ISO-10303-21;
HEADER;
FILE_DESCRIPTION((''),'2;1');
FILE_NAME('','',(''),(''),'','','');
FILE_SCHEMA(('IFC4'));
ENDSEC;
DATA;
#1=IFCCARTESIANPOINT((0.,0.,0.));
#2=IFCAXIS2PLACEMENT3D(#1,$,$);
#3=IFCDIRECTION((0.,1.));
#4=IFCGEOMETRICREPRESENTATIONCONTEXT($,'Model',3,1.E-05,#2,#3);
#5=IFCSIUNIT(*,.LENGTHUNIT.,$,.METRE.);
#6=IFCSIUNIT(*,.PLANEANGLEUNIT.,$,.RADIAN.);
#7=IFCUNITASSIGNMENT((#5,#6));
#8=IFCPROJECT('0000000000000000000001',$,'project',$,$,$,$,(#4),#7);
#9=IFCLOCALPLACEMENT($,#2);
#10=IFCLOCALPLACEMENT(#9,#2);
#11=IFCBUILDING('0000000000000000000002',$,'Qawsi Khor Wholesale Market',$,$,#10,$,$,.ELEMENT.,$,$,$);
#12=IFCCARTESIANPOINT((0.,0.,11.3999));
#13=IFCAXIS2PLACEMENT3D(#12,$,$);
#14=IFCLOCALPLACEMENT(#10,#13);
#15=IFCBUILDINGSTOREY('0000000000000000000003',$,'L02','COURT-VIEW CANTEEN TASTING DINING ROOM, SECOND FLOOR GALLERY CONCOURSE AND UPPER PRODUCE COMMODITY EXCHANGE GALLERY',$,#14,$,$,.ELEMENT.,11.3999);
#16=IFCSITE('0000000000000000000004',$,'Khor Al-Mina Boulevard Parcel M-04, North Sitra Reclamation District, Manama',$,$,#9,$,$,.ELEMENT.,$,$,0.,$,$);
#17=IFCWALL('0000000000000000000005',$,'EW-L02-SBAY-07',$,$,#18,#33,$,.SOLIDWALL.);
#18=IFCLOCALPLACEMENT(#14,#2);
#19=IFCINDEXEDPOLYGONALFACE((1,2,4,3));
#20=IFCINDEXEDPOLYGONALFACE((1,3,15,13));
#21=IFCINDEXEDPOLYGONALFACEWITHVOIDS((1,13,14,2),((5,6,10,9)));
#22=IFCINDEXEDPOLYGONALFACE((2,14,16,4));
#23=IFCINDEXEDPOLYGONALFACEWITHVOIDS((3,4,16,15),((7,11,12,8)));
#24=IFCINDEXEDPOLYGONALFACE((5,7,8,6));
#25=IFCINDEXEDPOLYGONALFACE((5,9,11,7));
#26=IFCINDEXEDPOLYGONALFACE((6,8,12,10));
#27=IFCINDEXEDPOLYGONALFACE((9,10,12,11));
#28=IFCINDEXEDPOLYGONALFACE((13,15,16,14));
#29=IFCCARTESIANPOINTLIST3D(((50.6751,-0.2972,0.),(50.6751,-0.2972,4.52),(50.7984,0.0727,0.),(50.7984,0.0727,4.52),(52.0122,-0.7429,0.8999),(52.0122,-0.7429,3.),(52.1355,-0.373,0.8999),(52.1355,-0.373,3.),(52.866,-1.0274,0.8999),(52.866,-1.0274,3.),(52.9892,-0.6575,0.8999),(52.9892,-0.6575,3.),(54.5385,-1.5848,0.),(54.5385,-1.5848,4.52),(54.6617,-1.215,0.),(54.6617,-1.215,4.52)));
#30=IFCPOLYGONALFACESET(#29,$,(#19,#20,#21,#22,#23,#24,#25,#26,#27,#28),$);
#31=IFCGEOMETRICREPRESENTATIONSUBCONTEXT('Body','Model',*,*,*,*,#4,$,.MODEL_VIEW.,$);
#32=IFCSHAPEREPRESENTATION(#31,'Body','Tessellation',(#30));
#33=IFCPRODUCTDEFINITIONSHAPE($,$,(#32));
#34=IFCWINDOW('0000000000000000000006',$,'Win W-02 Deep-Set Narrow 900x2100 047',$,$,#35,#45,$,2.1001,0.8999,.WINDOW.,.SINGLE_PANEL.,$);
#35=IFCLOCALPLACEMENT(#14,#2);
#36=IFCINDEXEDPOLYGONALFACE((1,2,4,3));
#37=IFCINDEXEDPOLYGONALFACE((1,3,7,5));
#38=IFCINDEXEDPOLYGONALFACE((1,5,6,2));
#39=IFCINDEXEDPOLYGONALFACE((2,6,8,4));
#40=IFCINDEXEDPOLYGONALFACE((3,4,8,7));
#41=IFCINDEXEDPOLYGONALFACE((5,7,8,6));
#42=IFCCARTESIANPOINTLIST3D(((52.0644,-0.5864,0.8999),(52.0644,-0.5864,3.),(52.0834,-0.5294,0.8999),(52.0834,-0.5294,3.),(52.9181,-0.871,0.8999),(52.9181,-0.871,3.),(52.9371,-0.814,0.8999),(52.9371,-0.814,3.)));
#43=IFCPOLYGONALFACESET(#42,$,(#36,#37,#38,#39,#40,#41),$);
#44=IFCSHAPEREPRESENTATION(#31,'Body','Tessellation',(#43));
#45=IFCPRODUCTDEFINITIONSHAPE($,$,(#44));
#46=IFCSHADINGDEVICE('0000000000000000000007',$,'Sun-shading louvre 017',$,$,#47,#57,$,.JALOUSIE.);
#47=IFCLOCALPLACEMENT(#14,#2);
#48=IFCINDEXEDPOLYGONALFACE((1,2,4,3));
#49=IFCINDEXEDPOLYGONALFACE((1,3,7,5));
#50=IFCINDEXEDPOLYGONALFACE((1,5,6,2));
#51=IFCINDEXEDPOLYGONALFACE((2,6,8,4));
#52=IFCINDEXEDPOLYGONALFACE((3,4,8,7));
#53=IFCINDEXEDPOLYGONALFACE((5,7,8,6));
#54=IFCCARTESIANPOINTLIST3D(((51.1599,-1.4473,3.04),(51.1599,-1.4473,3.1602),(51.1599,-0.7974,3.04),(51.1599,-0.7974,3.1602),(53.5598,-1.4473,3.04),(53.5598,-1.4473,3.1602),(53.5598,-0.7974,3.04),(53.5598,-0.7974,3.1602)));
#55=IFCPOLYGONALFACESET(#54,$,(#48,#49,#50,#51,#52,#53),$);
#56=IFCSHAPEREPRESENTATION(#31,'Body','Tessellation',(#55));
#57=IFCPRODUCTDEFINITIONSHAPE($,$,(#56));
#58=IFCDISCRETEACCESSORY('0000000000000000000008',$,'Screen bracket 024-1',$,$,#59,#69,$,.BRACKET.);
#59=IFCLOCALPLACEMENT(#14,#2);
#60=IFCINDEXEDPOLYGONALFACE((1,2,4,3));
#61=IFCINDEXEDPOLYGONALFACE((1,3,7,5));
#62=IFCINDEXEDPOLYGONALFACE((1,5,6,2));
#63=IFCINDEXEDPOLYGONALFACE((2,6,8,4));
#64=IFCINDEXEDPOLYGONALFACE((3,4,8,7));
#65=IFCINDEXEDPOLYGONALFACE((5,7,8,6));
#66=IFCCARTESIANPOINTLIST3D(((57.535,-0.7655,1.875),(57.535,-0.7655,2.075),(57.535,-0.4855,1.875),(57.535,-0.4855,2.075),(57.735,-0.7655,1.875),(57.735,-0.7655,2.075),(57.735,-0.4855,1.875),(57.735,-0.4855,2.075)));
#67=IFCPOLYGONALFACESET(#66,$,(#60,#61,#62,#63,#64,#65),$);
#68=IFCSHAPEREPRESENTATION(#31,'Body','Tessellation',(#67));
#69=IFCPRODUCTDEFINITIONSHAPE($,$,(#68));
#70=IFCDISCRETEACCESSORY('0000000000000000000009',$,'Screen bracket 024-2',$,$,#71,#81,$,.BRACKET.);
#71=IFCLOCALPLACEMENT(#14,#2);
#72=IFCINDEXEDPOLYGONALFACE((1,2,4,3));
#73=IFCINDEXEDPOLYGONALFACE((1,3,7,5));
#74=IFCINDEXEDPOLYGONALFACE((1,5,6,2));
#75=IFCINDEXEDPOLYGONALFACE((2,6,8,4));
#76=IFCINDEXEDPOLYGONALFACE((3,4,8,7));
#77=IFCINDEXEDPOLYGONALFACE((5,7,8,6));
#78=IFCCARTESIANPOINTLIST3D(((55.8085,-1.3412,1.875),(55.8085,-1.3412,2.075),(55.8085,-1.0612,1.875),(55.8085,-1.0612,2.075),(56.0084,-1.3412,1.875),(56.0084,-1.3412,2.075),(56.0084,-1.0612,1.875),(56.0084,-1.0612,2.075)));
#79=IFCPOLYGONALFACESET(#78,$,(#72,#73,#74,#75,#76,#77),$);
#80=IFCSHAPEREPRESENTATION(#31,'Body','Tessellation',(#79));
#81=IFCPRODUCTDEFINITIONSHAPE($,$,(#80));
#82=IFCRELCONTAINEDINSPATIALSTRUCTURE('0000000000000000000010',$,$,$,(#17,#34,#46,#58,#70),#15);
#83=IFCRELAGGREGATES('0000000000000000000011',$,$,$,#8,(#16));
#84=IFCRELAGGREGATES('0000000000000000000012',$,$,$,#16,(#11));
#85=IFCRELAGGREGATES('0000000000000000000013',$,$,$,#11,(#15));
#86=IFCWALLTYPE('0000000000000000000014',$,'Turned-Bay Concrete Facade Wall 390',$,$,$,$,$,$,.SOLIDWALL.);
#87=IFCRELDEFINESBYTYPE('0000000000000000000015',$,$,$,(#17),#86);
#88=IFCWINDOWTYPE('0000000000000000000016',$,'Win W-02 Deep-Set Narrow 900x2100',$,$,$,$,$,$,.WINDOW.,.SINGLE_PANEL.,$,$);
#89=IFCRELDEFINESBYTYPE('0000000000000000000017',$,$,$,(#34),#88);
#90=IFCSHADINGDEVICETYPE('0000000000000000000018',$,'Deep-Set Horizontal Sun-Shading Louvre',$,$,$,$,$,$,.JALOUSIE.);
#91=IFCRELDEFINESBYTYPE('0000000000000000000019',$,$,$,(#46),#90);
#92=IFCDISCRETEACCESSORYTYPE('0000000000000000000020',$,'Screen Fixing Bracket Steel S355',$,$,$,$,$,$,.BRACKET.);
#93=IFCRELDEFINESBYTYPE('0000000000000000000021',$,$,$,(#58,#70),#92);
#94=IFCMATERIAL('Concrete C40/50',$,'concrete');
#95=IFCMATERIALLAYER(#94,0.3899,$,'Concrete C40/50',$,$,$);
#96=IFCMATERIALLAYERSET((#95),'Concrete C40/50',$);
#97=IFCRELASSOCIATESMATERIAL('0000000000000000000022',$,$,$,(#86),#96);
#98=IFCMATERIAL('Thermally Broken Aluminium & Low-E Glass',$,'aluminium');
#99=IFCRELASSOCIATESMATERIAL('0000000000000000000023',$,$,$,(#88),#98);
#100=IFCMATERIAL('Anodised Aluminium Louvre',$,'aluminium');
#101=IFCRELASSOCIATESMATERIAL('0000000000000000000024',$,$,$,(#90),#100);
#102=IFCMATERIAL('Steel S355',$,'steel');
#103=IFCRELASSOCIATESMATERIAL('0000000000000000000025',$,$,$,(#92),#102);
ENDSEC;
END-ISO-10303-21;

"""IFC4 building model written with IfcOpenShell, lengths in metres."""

from ifc_helpers import new_model, si_unit, direction, frame, frame_2d, origin, origin_2d, place, context, subcontext, project, spatial, rectangle, extrude, material, layer, layer_set, type_object, element, fill, save


model = new_model("IFC4")

# Units and contexts
model_context = context("Model", 3, precision=1e-05, world=origin(), true_north=direction((0.0, 1.0)))
body_context = subcontext(model_context, "Body", "Model", "MODEL_VIEW")
ifc_project = project(units=[si_unit("LENGTHUNIT", "METRE"), si_unit("PLANEANGLEUNIT", "RADIAN")], contexts=[model_context])

# Site, building, storey
site_placement = place(None, origin())
site = spatial("IfcSite", under=ifc_project, at=site_placement, Name="Khor Al-Mina Boulevard Parcel M-04, North Sitra Reclamation District, Manama", CompositionType="ELEMENT", RefElevation=0.0)
building_placement = place(site_placement, origin())
building = spatial("IfcBuilding", under=site, at=building_placement, Name="Qawsi Khor Wholesale Market", CompositionType="ELEMENT")
storey_placement = place(building_placement, frame((0.0, 0.0, 11.3999)))
storey = spatial("IfcBuildingStorey", under=building, at=storey_placement, Name="L02", Description="COURT-VIEW CANTEEN TASTING DINING ROOM, SECOND FLOOR GALLERY CONCOURSE AND UPPER PRODUCE COMMODITY EXCHANGE GALLERY", CompositionType="ELEMENT", Elevation=11.3999)

# Shared definitions
ifc_material_1 = material(Name="Concrete C40/50", Category="concrete")

# Shared definitions
ifc_material_2 = material(Name="Steel S355", Category="steel")

# Wall, opening, window
ifc_material_3 = material(Name="Thermally Broken Aluminium & Low-E Glass", Category="aluminium")
ifc_layer_1 = layer(ifc_material_1, 0.3899, Name="Concrete C40/50")
ifc_layer_set_1 = layer_set([ifc_layer_1], Name="Concrete C40/50")
wall_type_1 = type_object("IfcWallType", Name="Turned-Bay Concrete Facade Wall 390", PredefinedType="SOLIDWALL", material=ifc_layer_set_1)
wall_1_placement = place(storey_placement, frame((54.6001, -1.3999, 0.0), z_axis=(0.0, 0.0, 1.0), x_axis=(-0.948695, 0.316192, 0.0)))
wall_1 = element("IfcWall", 1, at=wall_1_placement, inside=storey, type_object=wall_type_1, Name="EW-L02-SBAY-07", PredefinedType="SOLIDWALL", context=body_context, shape_type="SweptSolid", body=[
    extrude(rectangle(XDim=4.0723, YDim=0.3899, at=frame_2d((2.0361, 0.0))), origin(), (0.0, 0.0, 1.0), 4.52),
])
opening_1_placement = place(wall_1_placement, frame((1.7629, 0.0, 0.8999)))
opening_1 = element("IfcOpeningElement", 2, at=opening_1_placement, cuts=wall_1, PredefinedType="OPENING", context=body_context, shape_type="SweptSolid", body=[
    extrude(rectangle(XDim=0.8999, YDim=2.1001, at=frame_2d((0.45, 1.05))), frame((0.0, 0.2048, 0.0), z_axis=(0.0, -1.0, 0.0), x_axis=(1.0, 0.0, 0.0)), (0.0, 0.0, 1.0), 0.4099),
])
window_type_1 = type_object("IfcWindowType", Name="Win W-02 Deep-Set Narrow 900x2100", PartitioningType="SINGLE_PANEL", PredefinedType="WINDOW", material=ifc_material_3)
window_1_placement = place(opening_1_placement, origin())
window_1 = element("IfcWindow", 3, at=window_1_placement, inside=storey, type_object=window_type_1, Name="Win W-02 Deep-Set Narrow 900x2100 047", OverallHeight=2.1001, OverallWidth=0.8999, PartitioningType="SINGLE_PANEL", PredefinedType="WINDOW", context=body_context, shape_type="SweptSolid", body=[
    extrude(rectangle(XDim=0.8999, YDim=2.1001, at=frame_2d((0.45, 1.05))), frame((0.0, 0.03, 0.0), z_axis=(0.0, -1.0, 0.0), x_axis=(1.0, 0.0, 0.0)), (0.0, 0.0, 1.0), 0.0601),
])
fill(opening_1, window_1)

# Shading device
ifc_material_4 = material(Name="Anodised Aluminium Louvre", Category="aluminium")
shading_device_type = type_object("IfcShadingDeviceType", Name="Deep-Set Horizontal Sun-Shading Louvre", PredefinedType="JALOUSIE", material=ifc_material_4)
shading_device_placement = place(storey_placement, frame((52.3599, -1.1223, 3.04), z_axis=(0.0, 0.0, 1.0), x_axis=(1.0, 0.0, 0.0)))
element("IfcShadingDevice", 4, at=shading_device_placement, inside=storey, type_object=shading_device_type, Name="Sun-shading louvre 017", PredefinedType="JALOUSIE", context=body_context, shape_type="SweptSolid", body=[
    extrude(rectangle(XDim=2.3999, YDim=0.6499, at=origin_2d()), origin(), (0.0, 0.0, 1.0), 0.1201),
])

# Discrete accessories
discrete_accessory_type = type_object("IfcDiscreteAccessoryType", Name="Screen Fixing Bracket Steel S355", PredefinedType="BRACKET", material=ifc_material_2)
for number, where, z_axis, x_axis, name in (
    (5, (57.635, -0.6255, 1.875), (0.0, 0.0, 1.0), (1.0, 0.0, 0.0), "Screen bracket 024-1"),
    (6, (55.9084, -1.2012, 1.875), (0.0, 0.0, 1.0), (1.0, 0.0, 0.0), "Screen bracket 024-2"),
):
    element("IfcDiscreteAccessory", number, at=place(storey_placement, frame(where, z_axis=z_axis, x_axis=x_axis)), inside=storey, type_object=discrete_accessory_type, Name=name, PredefinedType="BRACKET", context=body_context, shape_type="SweptSolid", body=[
        extrude(rectangle(XDim=0.2, YDim=0.28, at=origin_2d()), origin(), (0.0, 0.0, 1.0), 0.2),
    ])

save(model, "model.ifc")
